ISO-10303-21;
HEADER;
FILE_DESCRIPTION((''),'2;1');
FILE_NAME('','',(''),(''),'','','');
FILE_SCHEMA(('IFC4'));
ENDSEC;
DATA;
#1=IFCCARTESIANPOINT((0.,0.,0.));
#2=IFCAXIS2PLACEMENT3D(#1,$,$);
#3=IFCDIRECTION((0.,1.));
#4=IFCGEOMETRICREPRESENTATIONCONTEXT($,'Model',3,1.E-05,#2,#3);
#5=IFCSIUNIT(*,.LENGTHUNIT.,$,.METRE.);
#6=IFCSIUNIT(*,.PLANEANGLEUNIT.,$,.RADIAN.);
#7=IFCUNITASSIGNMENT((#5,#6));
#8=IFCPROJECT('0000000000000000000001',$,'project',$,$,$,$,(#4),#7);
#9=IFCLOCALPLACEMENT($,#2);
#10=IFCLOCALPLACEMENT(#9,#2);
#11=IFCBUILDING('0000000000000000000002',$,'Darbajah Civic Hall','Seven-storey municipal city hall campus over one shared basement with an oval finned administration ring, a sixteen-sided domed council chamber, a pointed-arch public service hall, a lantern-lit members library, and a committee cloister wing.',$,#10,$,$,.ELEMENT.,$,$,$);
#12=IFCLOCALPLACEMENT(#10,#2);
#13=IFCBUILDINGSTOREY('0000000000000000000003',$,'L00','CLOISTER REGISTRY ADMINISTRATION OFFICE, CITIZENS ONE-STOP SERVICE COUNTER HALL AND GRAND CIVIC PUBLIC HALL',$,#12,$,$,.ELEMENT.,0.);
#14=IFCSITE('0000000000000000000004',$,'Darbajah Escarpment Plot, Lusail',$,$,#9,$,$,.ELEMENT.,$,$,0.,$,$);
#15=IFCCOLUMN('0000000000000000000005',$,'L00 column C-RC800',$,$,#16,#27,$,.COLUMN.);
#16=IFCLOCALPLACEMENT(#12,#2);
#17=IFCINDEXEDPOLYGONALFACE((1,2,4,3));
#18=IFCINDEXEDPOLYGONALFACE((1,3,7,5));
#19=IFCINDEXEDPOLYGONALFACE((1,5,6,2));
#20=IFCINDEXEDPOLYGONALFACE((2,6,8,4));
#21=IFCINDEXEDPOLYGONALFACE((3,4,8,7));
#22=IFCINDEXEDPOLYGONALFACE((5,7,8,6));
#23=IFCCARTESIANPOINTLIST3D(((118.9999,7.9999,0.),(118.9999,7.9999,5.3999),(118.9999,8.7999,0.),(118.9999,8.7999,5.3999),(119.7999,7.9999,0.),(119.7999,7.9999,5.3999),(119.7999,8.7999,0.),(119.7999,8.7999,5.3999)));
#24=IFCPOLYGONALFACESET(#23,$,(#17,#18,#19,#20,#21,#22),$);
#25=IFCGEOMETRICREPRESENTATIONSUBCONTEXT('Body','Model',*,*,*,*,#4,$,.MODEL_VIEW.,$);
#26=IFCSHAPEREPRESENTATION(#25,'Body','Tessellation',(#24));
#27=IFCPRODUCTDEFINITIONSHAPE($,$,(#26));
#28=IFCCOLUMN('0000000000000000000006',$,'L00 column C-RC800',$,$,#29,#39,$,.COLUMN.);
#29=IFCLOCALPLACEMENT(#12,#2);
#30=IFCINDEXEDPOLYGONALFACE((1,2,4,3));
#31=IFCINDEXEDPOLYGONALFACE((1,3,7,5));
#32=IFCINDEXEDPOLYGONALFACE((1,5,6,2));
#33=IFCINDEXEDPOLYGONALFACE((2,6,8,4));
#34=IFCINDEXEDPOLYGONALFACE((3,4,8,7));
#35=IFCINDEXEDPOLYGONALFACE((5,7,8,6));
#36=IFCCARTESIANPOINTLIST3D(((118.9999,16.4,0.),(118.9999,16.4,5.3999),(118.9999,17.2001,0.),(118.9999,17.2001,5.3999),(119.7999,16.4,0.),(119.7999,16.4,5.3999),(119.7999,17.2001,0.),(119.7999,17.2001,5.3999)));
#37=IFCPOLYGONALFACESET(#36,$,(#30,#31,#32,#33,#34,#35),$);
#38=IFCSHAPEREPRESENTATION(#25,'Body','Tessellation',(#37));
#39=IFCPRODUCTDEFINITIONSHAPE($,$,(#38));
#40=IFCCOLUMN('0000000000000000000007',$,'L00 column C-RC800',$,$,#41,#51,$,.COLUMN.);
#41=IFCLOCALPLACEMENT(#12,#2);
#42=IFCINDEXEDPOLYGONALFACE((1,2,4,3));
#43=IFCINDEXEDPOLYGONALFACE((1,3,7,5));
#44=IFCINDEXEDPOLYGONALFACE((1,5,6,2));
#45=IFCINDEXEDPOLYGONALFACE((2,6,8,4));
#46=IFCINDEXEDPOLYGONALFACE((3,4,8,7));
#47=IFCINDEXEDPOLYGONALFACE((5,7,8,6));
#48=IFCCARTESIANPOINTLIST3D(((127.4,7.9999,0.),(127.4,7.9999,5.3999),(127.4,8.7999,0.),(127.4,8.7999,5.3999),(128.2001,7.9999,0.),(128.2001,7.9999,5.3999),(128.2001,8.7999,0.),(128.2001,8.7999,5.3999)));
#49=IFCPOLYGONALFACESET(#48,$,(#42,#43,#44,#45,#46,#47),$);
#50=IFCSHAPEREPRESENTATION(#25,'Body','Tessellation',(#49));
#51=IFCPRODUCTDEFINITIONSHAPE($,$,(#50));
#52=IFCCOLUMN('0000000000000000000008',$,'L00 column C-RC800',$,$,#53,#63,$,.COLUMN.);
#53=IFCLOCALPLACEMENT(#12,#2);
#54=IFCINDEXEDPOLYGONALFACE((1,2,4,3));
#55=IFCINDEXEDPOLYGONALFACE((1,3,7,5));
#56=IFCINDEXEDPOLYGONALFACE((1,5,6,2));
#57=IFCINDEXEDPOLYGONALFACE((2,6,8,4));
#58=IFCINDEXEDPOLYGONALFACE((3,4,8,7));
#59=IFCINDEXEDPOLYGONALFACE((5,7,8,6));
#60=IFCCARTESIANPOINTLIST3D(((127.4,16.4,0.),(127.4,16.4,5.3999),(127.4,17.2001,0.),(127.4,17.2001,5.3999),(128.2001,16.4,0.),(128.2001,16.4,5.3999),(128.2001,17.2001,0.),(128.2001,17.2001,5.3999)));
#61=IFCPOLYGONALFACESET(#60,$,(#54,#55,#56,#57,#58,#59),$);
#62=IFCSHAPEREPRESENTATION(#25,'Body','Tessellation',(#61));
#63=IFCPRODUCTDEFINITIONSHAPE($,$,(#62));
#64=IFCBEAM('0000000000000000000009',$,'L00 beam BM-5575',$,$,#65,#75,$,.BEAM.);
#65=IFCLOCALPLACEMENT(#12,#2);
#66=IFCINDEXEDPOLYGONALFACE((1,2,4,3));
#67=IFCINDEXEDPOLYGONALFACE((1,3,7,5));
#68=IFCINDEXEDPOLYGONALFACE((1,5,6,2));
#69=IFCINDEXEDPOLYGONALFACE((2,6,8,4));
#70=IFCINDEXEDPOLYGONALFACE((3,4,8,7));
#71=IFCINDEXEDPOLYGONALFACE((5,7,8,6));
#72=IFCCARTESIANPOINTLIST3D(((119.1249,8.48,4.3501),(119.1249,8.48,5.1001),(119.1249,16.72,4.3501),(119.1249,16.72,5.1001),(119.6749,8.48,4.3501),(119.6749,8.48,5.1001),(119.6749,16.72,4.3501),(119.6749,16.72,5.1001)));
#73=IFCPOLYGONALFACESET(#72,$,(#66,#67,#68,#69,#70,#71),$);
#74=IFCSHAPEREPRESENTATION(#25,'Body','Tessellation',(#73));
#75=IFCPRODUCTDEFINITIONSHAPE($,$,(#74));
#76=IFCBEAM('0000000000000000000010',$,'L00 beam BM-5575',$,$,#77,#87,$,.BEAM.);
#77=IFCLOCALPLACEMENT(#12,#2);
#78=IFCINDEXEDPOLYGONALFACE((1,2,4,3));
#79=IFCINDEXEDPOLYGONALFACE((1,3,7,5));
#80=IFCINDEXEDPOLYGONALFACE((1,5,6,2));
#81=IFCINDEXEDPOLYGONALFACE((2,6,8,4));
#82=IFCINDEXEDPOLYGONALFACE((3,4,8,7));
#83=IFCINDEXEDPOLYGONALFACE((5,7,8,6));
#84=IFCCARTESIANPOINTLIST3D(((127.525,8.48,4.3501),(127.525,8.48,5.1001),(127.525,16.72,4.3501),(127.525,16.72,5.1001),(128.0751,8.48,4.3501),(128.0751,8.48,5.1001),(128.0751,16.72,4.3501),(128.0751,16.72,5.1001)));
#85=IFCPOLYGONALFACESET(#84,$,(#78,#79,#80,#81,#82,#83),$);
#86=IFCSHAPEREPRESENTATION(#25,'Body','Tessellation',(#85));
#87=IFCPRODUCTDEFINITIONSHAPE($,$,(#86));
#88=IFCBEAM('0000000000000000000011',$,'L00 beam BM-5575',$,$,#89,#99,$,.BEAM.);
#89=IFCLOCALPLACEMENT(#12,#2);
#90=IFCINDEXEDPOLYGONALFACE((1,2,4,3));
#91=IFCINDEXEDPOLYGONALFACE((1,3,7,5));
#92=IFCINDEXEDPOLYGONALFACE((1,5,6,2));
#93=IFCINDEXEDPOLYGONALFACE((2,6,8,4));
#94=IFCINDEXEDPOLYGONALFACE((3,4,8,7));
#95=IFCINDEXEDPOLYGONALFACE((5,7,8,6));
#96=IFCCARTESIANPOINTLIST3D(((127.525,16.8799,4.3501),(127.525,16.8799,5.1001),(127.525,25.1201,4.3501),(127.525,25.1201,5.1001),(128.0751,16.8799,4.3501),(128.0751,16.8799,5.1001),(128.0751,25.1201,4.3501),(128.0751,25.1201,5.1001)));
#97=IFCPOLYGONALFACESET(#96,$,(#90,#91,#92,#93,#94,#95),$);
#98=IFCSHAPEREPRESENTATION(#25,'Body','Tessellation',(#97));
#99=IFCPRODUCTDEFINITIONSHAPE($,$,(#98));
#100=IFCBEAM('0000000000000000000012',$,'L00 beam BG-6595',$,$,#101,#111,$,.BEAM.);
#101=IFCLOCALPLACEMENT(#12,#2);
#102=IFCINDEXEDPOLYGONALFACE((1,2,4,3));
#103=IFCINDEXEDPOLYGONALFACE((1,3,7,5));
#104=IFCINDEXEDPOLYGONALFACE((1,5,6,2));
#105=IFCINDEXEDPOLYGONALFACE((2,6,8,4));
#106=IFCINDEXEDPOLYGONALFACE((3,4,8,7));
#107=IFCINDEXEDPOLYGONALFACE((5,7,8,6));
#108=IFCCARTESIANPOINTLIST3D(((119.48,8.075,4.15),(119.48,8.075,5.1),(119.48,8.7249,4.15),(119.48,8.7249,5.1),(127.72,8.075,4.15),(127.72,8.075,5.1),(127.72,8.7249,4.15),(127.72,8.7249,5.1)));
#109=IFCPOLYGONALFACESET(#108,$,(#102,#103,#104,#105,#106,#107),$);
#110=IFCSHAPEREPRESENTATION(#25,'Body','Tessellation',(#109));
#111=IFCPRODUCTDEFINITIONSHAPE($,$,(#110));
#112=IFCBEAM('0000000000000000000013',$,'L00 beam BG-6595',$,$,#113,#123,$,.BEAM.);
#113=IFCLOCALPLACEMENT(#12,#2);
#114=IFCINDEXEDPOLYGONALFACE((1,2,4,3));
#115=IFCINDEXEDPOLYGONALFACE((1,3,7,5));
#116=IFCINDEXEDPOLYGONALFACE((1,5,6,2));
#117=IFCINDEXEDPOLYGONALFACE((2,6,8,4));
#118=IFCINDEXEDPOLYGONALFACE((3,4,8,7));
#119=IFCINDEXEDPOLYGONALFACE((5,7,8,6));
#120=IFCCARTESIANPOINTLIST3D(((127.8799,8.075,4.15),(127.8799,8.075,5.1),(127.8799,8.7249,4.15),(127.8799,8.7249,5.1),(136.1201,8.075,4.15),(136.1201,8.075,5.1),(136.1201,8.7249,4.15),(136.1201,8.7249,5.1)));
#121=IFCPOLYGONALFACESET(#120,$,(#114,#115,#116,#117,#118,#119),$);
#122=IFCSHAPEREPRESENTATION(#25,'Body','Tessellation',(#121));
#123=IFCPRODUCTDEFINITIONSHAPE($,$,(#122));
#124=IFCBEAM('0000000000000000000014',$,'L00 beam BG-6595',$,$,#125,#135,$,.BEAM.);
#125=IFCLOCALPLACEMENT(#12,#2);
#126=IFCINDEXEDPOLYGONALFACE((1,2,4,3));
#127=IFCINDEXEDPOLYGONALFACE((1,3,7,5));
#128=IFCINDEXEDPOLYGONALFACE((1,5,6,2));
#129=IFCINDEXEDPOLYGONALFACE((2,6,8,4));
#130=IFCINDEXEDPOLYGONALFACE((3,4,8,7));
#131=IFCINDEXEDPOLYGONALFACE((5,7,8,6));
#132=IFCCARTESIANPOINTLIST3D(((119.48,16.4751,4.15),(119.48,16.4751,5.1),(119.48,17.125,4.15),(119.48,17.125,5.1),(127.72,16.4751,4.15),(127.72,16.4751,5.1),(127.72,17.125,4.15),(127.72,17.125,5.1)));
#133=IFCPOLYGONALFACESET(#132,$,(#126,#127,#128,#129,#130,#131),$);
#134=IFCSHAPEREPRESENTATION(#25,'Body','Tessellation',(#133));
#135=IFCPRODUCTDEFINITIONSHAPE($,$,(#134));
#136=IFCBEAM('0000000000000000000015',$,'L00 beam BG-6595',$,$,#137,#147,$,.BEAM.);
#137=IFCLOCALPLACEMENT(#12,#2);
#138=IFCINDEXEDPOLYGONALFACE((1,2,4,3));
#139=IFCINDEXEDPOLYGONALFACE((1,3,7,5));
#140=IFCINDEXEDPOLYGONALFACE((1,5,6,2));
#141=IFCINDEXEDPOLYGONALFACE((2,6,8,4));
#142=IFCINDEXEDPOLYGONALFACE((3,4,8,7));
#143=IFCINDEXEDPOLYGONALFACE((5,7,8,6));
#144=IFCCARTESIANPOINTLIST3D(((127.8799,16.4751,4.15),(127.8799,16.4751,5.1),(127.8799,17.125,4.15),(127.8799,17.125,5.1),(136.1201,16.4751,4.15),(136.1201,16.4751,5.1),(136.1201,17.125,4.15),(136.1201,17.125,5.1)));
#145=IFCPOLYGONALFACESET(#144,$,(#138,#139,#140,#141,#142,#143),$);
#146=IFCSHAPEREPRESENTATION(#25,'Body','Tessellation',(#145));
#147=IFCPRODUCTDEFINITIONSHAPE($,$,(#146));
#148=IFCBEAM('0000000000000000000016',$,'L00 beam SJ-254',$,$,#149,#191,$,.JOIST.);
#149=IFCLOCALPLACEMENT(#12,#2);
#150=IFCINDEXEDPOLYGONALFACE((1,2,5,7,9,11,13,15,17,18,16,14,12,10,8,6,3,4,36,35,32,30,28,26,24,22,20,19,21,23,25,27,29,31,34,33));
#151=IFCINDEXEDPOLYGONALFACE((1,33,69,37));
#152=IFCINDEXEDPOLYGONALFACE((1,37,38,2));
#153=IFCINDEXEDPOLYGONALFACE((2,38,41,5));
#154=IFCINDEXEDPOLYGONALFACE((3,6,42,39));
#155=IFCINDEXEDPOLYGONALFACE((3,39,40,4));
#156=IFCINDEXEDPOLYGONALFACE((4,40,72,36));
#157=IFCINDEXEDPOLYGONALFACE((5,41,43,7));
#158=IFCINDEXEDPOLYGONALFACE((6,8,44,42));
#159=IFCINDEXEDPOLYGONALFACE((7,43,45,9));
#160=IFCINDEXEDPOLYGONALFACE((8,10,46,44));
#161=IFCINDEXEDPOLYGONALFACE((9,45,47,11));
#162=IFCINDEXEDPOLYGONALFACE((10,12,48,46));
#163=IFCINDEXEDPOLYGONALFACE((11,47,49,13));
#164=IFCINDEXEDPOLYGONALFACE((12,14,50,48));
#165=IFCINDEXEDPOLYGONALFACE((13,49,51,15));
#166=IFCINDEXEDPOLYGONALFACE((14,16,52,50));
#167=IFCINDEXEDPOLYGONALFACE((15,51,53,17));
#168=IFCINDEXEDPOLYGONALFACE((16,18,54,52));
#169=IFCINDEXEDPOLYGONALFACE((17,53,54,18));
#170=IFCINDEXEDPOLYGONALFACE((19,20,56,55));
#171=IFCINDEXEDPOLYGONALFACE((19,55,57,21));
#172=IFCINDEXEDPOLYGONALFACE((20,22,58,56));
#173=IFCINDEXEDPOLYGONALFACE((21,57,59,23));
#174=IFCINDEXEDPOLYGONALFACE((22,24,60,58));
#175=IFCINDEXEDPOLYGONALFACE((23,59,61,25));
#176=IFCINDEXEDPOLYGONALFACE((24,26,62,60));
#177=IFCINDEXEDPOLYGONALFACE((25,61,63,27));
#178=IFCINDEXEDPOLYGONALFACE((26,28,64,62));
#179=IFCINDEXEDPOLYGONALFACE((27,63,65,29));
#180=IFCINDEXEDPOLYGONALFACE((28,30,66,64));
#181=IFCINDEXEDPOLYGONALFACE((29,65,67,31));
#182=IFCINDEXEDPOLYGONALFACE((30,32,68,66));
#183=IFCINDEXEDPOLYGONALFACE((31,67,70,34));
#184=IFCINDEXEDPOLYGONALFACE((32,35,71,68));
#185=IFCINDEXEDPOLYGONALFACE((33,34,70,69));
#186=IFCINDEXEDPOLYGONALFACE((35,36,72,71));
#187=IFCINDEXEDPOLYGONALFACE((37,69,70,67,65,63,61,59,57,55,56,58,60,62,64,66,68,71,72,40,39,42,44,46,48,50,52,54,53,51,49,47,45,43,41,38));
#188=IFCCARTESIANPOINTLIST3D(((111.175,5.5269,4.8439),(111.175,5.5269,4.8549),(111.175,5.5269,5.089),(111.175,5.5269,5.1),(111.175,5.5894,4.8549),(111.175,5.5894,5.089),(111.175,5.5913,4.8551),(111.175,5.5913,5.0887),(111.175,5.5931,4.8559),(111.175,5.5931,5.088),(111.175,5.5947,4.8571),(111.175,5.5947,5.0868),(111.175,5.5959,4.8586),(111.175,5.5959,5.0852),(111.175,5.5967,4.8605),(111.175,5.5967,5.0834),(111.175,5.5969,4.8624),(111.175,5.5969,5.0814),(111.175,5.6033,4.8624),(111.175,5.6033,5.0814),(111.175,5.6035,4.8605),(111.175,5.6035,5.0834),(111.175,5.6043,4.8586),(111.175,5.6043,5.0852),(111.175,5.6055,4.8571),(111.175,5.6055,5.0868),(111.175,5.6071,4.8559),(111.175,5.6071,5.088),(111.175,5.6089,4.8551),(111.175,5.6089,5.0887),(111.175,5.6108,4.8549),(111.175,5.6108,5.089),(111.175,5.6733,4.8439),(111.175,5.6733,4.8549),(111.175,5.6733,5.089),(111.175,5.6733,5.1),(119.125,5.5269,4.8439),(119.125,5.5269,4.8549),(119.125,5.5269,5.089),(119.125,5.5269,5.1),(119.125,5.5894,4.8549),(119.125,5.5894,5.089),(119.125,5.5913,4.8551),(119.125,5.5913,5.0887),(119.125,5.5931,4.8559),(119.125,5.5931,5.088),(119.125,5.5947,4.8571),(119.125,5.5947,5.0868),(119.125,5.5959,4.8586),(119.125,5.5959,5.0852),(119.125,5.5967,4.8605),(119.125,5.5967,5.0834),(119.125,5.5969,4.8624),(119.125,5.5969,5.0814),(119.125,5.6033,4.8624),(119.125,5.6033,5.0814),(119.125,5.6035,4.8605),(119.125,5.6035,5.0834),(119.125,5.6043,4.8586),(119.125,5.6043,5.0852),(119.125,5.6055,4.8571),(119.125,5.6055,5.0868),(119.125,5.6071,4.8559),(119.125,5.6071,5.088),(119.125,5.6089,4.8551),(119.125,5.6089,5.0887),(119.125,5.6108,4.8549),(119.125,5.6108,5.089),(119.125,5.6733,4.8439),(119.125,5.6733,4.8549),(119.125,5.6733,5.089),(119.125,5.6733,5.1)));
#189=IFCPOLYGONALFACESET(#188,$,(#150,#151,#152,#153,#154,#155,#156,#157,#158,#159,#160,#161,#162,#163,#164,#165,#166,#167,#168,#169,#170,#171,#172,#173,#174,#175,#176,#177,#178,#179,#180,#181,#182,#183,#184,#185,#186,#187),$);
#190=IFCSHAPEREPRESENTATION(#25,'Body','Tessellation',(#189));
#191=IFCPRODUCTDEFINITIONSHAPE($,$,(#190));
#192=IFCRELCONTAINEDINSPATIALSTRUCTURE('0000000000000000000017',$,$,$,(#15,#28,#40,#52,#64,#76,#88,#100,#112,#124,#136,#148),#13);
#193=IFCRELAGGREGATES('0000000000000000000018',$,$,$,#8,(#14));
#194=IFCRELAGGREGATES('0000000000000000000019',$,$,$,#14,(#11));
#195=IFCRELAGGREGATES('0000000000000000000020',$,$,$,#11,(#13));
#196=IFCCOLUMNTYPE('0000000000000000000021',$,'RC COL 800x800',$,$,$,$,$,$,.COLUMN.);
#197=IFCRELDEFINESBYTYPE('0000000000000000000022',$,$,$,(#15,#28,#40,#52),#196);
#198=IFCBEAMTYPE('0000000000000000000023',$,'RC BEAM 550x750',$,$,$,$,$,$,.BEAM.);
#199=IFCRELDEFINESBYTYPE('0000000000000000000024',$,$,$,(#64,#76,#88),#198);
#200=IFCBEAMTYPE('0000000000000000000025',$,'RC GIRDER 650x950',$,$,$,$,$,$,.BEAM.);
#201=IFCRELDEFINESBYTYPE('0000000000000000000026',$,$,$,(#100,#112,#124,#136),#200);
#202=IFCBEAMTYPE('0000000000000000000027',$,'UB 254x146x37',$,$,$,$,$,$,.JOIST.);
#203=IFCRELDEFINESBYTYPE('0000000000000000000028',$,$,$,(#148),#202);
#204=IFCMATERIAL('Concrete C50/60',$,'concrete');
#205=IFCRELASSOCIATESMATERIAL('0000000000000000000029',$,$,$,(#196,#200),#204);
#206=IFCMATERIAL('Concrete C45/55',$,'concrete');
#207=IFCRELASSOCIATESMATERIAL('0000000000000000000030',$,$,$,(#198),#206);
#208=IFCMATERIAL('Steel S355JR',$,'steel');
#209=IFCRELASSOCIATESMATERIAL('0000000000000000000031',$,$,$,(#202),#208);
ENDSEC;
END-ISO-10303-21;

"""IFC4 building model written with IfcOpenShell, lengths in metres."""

from ifc_helpers import new_model, si_unit, direction, frame, origin, origin_2d, place, context, subcontext, project, spatial, rectangle, i_section, extrude, material, material_profile, profile_set, type_object, element, save


model = new_model("IFC4")

# Units and contexts
model_context = context("Model", 3, precision=1e-05, world=origin(), true_north=direction((0.0, 1.0)))
body_context = subcontext(model_context, "Body", "Model", "MODEL_VIEW")
ifc_project = project(units=[si_unit("LENGTHUNIT", "METRE"), si_unit("PLANEANGLEUNIT", "RADIAN")], contexts=[model_context])

# Site, building, storey
site_placement = place(None, origin())
site = spatial("IfcSite", under=ifc_project, at=site_placement, Name="Darbajah Escarpment Plot, Lusail", CompositionType="ELEMENT", RefElevation=0.0)
building_placement = place(site_placement, origin())
building = spatial("IfcBuilding", under=site, at=building_placement, Name="Darbajah Civic Hall", Description="Seven-storey municipal city hall campus over one shared basement with an oval finned administration ring, a sixteen-sided domed council chamber, a pointed-arch public service hall, a lantern-lit members library, and a committee cloister wing.", CompositionType="ELEMENT")
storey_placement = place(building_placement, origin())
storey = spatial("IfcBuildingStorey", under=building, at=storey_placement, Name="L00", Description="CLOISTER REGISTRY ADMINISTRATION OFFICE, CITIZENS ONE-STOP SERVICE COUNTER HALL AND GRAND CIVIC PUBLIC HALL", CompositionType="ELEMENT", Elevation=0.0)

# Columns
ifc_material_1 = material(Name="Concrete C50/60", Category="concrete")
ifc_material_profile_1 = material_profile(ifc_material_1, rectangle(XDim=0.8, YDim=0.8, at=origin_2d()), Name="RC COL 800x800")
ifc_profile_set_1 = profile_set([ifc_material_profile_1], Name="Concrete C50/60")
column_type = type_object("IfcColumnType", Name="RC COL 800x800", PredefinedType="COLUMN", material=ifc_profile_set_1)
for number, where, z_axis, x_axis, name in (
    (1, (119.3999, 8.3999, 0.0), (0.0, 0.0, 1.0), (1.0, 0.0, 0.0), "L00 column C-RC800"),
    (2, (119.3999, 16.8, 0.0), (0.0, 0.0, 1.0), (1.0, 0.0, 0.0), "L00 column C-RC800"),
    (3, (127.8, 8.3999, 0.0), (0.0, 0.0, 1.0), (1.0, 0.0, 0.0), "L00 column C-RC800"),
    (4, (127.8, 16.8, 0.0), (0.0, 0.0, 1.0), (1.0, 0.0, 0.0), "L00 column C-RC800"),
):
    element("IfcColumn", number, at=place(storey_placement, frame(where, z_axis=z_axis, x_axis=x_axis)), inside=storey, type_object=column_type, Name=name, PredefinedType="COLUMN", context=body_context, shape_type="SweptSolid", body=[
        extrude(rectangle(XDim=0.8, YDim=0.8, at=origin_2d()), origin(), (0.0, 0.0, 1.0), 5.3999),
    ])

# Beams
ifc_material_2 = material(Name="Concrete C45/55", Category="concrete")
ifc_material_profile_2 = material_profile(ifc_material_2, rectangle(XDim=0.55, YDim=0.75, at=origin_2d()), Name="RC BEAM 550x750")
ifc_profile_set_2 = profile_set([ifc_material_profile_2], Name="Concrete C45/55")
beam_type_1 = type_object("IfcBeamType", Name="RC BEAM 550x750", PredefinedType="BEAM", material=ifc_profile_set_2)
for number, where, z_axis, x_axis, name in (
    (5, (119.3999, 8.48, 4.7251), (0.0, 1.0, 0.0), (-1.0, 0.0, 0.0), "L00 beam BM-5575"),
    (6, (127.8, 8.48, 4.7251), (0.0, 1.0, 0.0), (-1.0, 0.0, 0.0), "L00 beam BM-5575"),
):
    element("IfcBeam", number, at=place(storey_placement, frame(where, z_axis=z_axis, x_axis=x_axis)), inside=storey, type_object=beam_type_1, Name=name, PredefinedType="BEAM", context=body_context, shape_type="SweptSolid", body=[
        extrude(rectangle(XDim=0.55, YDim=0.75, at=origin_2d()), origin(), (0.0, 0.0, 1.0), 8.24),
    ])
beam_1_placement = place(storey_placement, frame((127.8, 16.8799, 4.7251), z_axis=(0.0, 1.0, 0.0), x_axis=(-1.0, 0.0, 0.0)))
element("IfcBeam", 7, at=beam_1_placement, inside=storey, type_object=beam_type_1, Name="L00 beam BM-5575", PredefinedType="BEAM", context=body_context, shape_type="SweptSolid", body=[
    extrude(rectangle(XDim=0.55, YDim=0.75, at=origin_2d()), origin(), (0.0, 0.0, 1.0), 8.2402),
])
ifc_material_profile_3 = material_profile(ifc_material_1, rectangle(XDim=0.6499, YDim=0.95, at=origin_2d()), Name="RC GIRDER 650x950")
ifc_profile_set_3 = profile_set([ifc_material_profile_3], Name="Concrete C50/60")
beam_type_2 = type_object("IfcBeamType", Name="RC GIRDER 650x950", PredefinedType="BEAM", material=ifc_profile_set_3)
beam_2_placement = place(storey_placement, frame((119.48, 8.3999, 4.625), z_axis=(1.0, 0.0, 0.0), x_axis=(0.0, 1.0, 0.0)))
element("IfcBeam", 8, at=beam_2_placement, inside=storey, type_object=beam_type_2, Name="L00 beam BG-6595", PredefinedType="BEAM", context=body_context, shape_type="SweptSolid", body=[
    extrude(rectangle(XDim=0.6499, YDim=0.95, at=origin_2d()), origin(), (0.0, 0.0, 1.0), 8.24),
])
beam_3_placement = place(storey_placement, frame((127.8799, 8.3999, 4.625), z_axis=(1.0, 0.0, 0.0), x_axis=(0.0, 1.0, 0.0)))
element("IfcBeam", 9, at=beam_3_placement, inside=storey, type_object=beam_type_2, Name="L00 beam BG-6595", PredefinedType="BEAM", context=body_context, shape_type="SweptSolid", body=[
    extrude(rectangle(XDim=0.6499, YDim=0.95, at=origin_2d()), origin(), (0.0, 0.0, 1.0), 8.2402),
])
beam_4_placement = place(storey_placement, frame((119.48, 16.8, 4.625), z_axis=(1.0, 0.0, 0.0), x_axis=(0.0, 1.0, 0.0)))
element("IfcBeam", 10, at=beam_4_placement, inside=storey, type_object=beam_type_2, Name="L00 beam BG-6595", PredefinedType="BEAM", context=body_context, shape_type="SweptSolid", body=[
    extrude(rectangle(XDim=0.6499, YDim=0.95, at=origin_2d()), origin(), (0.0, 0.0, 1.0), 8.24),
])
beam_5_placement = place(storey_placement, frame((127.8799, 16.8, 4.625), z_axis=(1.0, 0.0, 0.0), x_axis=(0.0, 1.0, 0.0)))
element("IfcBeam", 11, at=beam_5_placement, inside=storey, type_object=beam_type_2, Name="L00 beam BG-6595", PredefinedType="BEAM", context=body_context, shape_type="SweptSolid", body=[
    extrude(rectangle(XDim=0.6499, YDim=0.95, at=origin_2d()), origin(), (0.0, 0.0, 1.0), 8.2402),
])
ifc_material_3 = material(Name="Steel S355JR", Category="steel")
ifc_material_profile_4 = material_profile(ifc_material_3, i_section(OverallWidth=0.1465, OverallDepth=0.2561, WebThickness=0.0063, FlangeThickness=0.011, FilletRadius=0.0076, at=origin_2d()), Name="UB 254x146x37")
ifc_profile_set_4 = profile_set([ifc_material_profile_4], Name="Steel S355JR")
beam_type_3 = type_object("IfcBeamType", Name="UB 254x146x37", PredefinedType="JOIST", material=ifc_profile_set_4)
for number, where, z_axis, x_axis, name in (
    (12, (111.175, 5.6001, 4.9719), (1.0, 0.0, 0.0), (0.0, 1.0, 0.0), "L00 beam SJ-254"),
):
    element("IfcBeam", number, at=place(storey_placement, frame(where, z_axis=z_axis, x_axis=x_axis)), inside=storey, type_object=beam_type_3, Name=name, PredefinedType="JOIST", context=body_context, shape_type="SweptSolid", body=[
        extrude(i_section(OverallWidth=0.1465, OverallDepth=0.2561, WebThickness=0.0063, FlangeThickness=0.011, FilletRadius=0.0076, at=origin_2d()), origin(), (0.0, 0.0, 1.0), 7.95),
    ])

save(model, "model.ifc")
